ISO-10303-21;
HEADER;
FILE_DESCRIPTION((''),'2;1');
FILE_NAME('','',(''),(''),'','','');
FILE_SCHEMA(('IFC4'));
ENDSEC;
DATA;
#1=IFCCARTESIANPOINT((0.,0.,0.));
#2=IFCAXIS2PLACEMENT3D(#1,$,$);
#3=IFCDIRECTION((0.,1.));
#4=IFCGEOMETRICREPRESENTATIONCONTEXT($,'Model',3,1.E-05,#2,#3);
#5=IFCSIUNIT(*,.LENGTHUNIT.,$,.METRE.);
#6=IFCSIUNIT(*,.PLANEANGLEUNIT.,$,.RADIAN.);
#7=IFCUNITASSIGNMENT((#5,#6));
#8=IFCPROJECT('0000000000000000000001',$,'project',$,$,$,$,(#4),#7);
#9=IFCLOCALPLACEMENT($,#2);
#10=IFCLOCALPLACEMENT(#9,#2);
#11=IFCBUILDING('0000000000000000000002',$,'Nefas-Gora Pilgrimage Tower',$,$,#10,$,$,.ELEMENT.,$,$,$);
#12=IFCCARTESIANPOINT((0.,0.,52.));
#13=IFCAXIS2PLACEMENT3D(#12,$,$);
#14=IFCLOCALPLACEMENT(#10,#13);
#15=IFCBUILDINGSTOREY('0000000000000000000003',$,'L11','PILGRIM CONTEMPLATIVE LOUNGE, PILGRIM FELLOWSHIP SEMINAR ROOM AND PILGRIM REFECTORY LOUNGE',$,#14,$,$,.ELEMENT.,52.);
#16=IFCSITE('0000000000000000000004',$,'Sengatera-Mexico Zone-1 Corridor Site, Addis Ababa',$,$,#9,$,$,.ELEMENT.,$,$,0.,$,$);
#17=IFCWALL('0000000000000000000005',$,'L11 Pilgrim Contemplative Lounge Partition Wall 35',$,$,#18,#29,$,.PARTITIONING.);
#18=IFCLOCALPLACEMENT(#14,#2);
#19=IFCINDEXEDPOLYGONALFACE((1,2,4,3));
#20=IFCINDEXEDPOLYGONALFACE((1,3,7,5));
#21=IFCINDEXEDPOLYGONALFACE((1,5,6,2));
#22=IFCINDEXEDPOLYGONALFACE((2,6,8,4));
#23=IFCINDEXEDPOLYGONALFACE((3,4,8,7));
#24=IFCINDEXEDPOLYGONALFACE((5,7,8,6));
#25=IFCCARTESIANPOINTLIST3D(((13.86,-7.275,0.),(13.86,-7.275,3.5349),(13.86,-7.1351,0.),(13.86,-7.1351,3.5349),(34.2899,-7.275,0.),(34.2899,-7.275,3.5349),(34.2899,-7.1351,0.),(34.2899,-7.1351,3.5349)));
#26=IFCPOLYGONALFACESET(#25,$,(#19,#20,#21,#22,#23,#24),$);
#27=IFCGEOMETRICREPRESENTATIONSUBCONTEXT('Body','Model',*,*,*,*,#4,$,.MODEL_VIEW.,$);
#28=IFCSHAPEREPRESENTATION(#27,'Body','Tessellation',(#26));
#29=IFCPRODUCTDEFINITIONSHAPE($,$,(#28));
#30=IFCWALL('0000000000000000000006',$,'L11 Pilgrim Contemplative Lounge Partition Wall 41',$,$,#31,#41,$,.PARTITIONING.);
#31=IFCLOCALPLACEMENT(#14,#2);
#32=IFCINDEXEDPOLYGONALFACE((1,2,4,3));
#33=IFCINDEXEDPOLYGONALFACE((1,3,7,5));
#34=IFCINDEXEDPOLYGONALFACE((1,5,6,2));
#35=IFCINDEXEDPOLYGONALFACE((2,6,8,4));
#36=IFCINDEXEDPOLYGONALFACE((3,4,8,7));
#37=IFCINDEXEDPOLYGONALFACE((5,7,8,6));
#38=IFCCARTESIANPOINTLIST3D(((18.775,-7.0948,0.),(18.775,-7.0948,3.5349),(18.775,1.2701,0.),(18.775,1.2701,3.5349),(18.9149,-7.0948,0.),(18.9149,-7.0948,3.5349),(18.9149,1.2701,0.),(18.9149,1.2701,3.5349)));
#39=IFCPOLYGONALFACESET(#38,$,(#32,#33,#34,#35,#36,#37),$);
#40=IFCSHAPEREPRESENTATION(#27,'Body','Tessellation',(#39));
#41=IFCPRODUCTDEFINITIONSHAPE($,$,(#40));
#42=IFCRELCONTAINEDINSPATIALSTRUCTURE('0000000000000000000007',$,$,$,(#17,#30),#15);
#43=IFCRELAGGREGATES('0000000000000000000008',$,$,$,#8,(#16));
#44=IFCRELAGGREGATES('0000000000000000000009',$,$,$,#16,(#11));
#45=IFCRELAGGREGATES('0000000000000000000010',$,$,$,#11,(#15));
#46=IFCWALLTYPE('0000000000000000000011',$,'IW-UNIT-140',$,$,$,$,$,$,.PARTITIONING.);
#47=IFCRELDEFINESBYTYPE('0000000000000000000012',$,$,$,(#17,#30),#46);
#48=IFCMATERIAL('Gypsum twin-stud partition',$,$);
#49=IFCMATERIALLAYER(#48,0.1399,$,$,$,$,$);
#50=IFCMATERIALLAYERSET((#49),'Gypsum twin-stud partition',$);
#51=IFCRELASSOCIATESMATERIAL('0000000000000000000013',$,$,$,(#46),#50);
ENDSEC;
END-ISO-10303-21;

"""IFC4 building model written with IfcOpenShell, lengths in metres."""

from ifc_helpers import new_model, si_unit, direction, frame, frame_2d, origin, place, context, subcontext, project, spatial, rectangle, extrude, source, transform, mapped, material, layer, layer_set, type_object, element, save


model = new_model("IFC4")

# Units and contexts
model_context = context("Model", 3, precision=1e-05, world=origin(), true_north=direction((0.0, 1.0)))
body_context = subcontext(model_context, "Body", "Model", "MODEL_VIEW")
ifc_project = project(units=[si_unit("LENGTHUNIT", "METRE"), si_unit("PLANEANGLEUNIT", "RADIAN")], contexts=[model_context])

# Site, building, storey
site_placement = place(None, origin())
site = spatial("IfcSite", under=ifc_project, at=site_placement, Name="Sengatera-Mexico Zone-1 Corridor Site, Addis Ababa", CompositionType="ELEMENT", RefElevation=0.0)
building_placement = place(site_placement, origin())
building = spatial("IfcBuilding", under=site, at=building_placement, Name="Nefas-Gora Pilgrimage Tower", CompositionType="ELEMENT")
storey_placement = place(building_placement, frame((0.0, 0.0, 52.0)))
storey = spatial("IfcBuildingStorey", under=building, at=storey_placement, Name="L11", Description="PILGRIM CONTEMPLATIVE LOUNGE, PILGRIM FELLOWSHIP SEMINAR ROOM AND PILGRIM REFECTORY LOUNGE", CompositionType="ELEMENT", Elevation=52.0)

# Walls
ifc_material_1 = material(Name="Gypsum twin-stud partition")
ifc_layer = layer(ifc_material_1, 0.1399)
ifc_layer_set = layer_set([ifc_layer], Name="Gypsum twin-stud partition")
wall_type = type_object("IfcWallType", Name="IW-UNIT-140", PredefinedType="PARTITIONING", material=ifc_layer_set)
shared_shape_1 = source(origin(), body_context, "Body", "SweptSolid", [
    extrude(rectangle(XDim=20.4299, YDim=0.1399, at=frame_2d((10.2148, 0.0))), origin(), (0.0, 0.0, 1.0), 3.5349),
])
wall_1_placement = place(storey_placement, frame((13.8601, -7.2051, 0.0), z_axis=(0.0, 0.0, 1.0), x_axis=(1.0, 0.0, 0.0)))
element("IfcWall", 1, at=wall_1_placement, inside=storey, type_object=wall_type, Name="L11 Pilgrim Contemplative Lounge Partition Wall 35", PredefinedType="PARTITIONING", context=body_context, shape_type="MappedRepresentation", body=[
    mapped(shared_shape_1, transform((0.0, 0.0, 0.0), x_axis=(1.0, 0.0, 0.0), y_axis=(0.0, 1.0, 0.0), z_axis=(0.0, 0.0, 1.0), scale=1.0)),
])
shared_shape_2 = source(origin(), body_context, "Body", "SweptSolid", [
    extrude(rectangle(XDim=8.365, YDim=0.1399, at=frame_2d((4.1826, 0.0))), origin(), (0.0, 0.0, 1.0), 3.5349),
])
wall_2_placement = place(storey_placement, frame((18.845, -7.095, 0.0), z_axis=(0.0, 0.0, 1.0), x_axis=(0.0, 1.0, 0.0)))
element("IfcWall", 2, at=wall_2_placement, inside=storey, type_object=wall_type, Name="L11 Pilgrim Contemplative Lounge Partition Wall 41", PredefinedType="PARTITIONING", context=body_context, shape_type="MappedRepresentation", body=[
    mapped(shared_shape_2, transform((0.0, 0.0, 0.0), x_axis=(1.0, 0.0, 0.0), y_axis=(0.0, 1.0, 0.0), z_axis=(0.0, 0.0, 1.0), scale=1.0)),
])

save(model, "model.ifc")
